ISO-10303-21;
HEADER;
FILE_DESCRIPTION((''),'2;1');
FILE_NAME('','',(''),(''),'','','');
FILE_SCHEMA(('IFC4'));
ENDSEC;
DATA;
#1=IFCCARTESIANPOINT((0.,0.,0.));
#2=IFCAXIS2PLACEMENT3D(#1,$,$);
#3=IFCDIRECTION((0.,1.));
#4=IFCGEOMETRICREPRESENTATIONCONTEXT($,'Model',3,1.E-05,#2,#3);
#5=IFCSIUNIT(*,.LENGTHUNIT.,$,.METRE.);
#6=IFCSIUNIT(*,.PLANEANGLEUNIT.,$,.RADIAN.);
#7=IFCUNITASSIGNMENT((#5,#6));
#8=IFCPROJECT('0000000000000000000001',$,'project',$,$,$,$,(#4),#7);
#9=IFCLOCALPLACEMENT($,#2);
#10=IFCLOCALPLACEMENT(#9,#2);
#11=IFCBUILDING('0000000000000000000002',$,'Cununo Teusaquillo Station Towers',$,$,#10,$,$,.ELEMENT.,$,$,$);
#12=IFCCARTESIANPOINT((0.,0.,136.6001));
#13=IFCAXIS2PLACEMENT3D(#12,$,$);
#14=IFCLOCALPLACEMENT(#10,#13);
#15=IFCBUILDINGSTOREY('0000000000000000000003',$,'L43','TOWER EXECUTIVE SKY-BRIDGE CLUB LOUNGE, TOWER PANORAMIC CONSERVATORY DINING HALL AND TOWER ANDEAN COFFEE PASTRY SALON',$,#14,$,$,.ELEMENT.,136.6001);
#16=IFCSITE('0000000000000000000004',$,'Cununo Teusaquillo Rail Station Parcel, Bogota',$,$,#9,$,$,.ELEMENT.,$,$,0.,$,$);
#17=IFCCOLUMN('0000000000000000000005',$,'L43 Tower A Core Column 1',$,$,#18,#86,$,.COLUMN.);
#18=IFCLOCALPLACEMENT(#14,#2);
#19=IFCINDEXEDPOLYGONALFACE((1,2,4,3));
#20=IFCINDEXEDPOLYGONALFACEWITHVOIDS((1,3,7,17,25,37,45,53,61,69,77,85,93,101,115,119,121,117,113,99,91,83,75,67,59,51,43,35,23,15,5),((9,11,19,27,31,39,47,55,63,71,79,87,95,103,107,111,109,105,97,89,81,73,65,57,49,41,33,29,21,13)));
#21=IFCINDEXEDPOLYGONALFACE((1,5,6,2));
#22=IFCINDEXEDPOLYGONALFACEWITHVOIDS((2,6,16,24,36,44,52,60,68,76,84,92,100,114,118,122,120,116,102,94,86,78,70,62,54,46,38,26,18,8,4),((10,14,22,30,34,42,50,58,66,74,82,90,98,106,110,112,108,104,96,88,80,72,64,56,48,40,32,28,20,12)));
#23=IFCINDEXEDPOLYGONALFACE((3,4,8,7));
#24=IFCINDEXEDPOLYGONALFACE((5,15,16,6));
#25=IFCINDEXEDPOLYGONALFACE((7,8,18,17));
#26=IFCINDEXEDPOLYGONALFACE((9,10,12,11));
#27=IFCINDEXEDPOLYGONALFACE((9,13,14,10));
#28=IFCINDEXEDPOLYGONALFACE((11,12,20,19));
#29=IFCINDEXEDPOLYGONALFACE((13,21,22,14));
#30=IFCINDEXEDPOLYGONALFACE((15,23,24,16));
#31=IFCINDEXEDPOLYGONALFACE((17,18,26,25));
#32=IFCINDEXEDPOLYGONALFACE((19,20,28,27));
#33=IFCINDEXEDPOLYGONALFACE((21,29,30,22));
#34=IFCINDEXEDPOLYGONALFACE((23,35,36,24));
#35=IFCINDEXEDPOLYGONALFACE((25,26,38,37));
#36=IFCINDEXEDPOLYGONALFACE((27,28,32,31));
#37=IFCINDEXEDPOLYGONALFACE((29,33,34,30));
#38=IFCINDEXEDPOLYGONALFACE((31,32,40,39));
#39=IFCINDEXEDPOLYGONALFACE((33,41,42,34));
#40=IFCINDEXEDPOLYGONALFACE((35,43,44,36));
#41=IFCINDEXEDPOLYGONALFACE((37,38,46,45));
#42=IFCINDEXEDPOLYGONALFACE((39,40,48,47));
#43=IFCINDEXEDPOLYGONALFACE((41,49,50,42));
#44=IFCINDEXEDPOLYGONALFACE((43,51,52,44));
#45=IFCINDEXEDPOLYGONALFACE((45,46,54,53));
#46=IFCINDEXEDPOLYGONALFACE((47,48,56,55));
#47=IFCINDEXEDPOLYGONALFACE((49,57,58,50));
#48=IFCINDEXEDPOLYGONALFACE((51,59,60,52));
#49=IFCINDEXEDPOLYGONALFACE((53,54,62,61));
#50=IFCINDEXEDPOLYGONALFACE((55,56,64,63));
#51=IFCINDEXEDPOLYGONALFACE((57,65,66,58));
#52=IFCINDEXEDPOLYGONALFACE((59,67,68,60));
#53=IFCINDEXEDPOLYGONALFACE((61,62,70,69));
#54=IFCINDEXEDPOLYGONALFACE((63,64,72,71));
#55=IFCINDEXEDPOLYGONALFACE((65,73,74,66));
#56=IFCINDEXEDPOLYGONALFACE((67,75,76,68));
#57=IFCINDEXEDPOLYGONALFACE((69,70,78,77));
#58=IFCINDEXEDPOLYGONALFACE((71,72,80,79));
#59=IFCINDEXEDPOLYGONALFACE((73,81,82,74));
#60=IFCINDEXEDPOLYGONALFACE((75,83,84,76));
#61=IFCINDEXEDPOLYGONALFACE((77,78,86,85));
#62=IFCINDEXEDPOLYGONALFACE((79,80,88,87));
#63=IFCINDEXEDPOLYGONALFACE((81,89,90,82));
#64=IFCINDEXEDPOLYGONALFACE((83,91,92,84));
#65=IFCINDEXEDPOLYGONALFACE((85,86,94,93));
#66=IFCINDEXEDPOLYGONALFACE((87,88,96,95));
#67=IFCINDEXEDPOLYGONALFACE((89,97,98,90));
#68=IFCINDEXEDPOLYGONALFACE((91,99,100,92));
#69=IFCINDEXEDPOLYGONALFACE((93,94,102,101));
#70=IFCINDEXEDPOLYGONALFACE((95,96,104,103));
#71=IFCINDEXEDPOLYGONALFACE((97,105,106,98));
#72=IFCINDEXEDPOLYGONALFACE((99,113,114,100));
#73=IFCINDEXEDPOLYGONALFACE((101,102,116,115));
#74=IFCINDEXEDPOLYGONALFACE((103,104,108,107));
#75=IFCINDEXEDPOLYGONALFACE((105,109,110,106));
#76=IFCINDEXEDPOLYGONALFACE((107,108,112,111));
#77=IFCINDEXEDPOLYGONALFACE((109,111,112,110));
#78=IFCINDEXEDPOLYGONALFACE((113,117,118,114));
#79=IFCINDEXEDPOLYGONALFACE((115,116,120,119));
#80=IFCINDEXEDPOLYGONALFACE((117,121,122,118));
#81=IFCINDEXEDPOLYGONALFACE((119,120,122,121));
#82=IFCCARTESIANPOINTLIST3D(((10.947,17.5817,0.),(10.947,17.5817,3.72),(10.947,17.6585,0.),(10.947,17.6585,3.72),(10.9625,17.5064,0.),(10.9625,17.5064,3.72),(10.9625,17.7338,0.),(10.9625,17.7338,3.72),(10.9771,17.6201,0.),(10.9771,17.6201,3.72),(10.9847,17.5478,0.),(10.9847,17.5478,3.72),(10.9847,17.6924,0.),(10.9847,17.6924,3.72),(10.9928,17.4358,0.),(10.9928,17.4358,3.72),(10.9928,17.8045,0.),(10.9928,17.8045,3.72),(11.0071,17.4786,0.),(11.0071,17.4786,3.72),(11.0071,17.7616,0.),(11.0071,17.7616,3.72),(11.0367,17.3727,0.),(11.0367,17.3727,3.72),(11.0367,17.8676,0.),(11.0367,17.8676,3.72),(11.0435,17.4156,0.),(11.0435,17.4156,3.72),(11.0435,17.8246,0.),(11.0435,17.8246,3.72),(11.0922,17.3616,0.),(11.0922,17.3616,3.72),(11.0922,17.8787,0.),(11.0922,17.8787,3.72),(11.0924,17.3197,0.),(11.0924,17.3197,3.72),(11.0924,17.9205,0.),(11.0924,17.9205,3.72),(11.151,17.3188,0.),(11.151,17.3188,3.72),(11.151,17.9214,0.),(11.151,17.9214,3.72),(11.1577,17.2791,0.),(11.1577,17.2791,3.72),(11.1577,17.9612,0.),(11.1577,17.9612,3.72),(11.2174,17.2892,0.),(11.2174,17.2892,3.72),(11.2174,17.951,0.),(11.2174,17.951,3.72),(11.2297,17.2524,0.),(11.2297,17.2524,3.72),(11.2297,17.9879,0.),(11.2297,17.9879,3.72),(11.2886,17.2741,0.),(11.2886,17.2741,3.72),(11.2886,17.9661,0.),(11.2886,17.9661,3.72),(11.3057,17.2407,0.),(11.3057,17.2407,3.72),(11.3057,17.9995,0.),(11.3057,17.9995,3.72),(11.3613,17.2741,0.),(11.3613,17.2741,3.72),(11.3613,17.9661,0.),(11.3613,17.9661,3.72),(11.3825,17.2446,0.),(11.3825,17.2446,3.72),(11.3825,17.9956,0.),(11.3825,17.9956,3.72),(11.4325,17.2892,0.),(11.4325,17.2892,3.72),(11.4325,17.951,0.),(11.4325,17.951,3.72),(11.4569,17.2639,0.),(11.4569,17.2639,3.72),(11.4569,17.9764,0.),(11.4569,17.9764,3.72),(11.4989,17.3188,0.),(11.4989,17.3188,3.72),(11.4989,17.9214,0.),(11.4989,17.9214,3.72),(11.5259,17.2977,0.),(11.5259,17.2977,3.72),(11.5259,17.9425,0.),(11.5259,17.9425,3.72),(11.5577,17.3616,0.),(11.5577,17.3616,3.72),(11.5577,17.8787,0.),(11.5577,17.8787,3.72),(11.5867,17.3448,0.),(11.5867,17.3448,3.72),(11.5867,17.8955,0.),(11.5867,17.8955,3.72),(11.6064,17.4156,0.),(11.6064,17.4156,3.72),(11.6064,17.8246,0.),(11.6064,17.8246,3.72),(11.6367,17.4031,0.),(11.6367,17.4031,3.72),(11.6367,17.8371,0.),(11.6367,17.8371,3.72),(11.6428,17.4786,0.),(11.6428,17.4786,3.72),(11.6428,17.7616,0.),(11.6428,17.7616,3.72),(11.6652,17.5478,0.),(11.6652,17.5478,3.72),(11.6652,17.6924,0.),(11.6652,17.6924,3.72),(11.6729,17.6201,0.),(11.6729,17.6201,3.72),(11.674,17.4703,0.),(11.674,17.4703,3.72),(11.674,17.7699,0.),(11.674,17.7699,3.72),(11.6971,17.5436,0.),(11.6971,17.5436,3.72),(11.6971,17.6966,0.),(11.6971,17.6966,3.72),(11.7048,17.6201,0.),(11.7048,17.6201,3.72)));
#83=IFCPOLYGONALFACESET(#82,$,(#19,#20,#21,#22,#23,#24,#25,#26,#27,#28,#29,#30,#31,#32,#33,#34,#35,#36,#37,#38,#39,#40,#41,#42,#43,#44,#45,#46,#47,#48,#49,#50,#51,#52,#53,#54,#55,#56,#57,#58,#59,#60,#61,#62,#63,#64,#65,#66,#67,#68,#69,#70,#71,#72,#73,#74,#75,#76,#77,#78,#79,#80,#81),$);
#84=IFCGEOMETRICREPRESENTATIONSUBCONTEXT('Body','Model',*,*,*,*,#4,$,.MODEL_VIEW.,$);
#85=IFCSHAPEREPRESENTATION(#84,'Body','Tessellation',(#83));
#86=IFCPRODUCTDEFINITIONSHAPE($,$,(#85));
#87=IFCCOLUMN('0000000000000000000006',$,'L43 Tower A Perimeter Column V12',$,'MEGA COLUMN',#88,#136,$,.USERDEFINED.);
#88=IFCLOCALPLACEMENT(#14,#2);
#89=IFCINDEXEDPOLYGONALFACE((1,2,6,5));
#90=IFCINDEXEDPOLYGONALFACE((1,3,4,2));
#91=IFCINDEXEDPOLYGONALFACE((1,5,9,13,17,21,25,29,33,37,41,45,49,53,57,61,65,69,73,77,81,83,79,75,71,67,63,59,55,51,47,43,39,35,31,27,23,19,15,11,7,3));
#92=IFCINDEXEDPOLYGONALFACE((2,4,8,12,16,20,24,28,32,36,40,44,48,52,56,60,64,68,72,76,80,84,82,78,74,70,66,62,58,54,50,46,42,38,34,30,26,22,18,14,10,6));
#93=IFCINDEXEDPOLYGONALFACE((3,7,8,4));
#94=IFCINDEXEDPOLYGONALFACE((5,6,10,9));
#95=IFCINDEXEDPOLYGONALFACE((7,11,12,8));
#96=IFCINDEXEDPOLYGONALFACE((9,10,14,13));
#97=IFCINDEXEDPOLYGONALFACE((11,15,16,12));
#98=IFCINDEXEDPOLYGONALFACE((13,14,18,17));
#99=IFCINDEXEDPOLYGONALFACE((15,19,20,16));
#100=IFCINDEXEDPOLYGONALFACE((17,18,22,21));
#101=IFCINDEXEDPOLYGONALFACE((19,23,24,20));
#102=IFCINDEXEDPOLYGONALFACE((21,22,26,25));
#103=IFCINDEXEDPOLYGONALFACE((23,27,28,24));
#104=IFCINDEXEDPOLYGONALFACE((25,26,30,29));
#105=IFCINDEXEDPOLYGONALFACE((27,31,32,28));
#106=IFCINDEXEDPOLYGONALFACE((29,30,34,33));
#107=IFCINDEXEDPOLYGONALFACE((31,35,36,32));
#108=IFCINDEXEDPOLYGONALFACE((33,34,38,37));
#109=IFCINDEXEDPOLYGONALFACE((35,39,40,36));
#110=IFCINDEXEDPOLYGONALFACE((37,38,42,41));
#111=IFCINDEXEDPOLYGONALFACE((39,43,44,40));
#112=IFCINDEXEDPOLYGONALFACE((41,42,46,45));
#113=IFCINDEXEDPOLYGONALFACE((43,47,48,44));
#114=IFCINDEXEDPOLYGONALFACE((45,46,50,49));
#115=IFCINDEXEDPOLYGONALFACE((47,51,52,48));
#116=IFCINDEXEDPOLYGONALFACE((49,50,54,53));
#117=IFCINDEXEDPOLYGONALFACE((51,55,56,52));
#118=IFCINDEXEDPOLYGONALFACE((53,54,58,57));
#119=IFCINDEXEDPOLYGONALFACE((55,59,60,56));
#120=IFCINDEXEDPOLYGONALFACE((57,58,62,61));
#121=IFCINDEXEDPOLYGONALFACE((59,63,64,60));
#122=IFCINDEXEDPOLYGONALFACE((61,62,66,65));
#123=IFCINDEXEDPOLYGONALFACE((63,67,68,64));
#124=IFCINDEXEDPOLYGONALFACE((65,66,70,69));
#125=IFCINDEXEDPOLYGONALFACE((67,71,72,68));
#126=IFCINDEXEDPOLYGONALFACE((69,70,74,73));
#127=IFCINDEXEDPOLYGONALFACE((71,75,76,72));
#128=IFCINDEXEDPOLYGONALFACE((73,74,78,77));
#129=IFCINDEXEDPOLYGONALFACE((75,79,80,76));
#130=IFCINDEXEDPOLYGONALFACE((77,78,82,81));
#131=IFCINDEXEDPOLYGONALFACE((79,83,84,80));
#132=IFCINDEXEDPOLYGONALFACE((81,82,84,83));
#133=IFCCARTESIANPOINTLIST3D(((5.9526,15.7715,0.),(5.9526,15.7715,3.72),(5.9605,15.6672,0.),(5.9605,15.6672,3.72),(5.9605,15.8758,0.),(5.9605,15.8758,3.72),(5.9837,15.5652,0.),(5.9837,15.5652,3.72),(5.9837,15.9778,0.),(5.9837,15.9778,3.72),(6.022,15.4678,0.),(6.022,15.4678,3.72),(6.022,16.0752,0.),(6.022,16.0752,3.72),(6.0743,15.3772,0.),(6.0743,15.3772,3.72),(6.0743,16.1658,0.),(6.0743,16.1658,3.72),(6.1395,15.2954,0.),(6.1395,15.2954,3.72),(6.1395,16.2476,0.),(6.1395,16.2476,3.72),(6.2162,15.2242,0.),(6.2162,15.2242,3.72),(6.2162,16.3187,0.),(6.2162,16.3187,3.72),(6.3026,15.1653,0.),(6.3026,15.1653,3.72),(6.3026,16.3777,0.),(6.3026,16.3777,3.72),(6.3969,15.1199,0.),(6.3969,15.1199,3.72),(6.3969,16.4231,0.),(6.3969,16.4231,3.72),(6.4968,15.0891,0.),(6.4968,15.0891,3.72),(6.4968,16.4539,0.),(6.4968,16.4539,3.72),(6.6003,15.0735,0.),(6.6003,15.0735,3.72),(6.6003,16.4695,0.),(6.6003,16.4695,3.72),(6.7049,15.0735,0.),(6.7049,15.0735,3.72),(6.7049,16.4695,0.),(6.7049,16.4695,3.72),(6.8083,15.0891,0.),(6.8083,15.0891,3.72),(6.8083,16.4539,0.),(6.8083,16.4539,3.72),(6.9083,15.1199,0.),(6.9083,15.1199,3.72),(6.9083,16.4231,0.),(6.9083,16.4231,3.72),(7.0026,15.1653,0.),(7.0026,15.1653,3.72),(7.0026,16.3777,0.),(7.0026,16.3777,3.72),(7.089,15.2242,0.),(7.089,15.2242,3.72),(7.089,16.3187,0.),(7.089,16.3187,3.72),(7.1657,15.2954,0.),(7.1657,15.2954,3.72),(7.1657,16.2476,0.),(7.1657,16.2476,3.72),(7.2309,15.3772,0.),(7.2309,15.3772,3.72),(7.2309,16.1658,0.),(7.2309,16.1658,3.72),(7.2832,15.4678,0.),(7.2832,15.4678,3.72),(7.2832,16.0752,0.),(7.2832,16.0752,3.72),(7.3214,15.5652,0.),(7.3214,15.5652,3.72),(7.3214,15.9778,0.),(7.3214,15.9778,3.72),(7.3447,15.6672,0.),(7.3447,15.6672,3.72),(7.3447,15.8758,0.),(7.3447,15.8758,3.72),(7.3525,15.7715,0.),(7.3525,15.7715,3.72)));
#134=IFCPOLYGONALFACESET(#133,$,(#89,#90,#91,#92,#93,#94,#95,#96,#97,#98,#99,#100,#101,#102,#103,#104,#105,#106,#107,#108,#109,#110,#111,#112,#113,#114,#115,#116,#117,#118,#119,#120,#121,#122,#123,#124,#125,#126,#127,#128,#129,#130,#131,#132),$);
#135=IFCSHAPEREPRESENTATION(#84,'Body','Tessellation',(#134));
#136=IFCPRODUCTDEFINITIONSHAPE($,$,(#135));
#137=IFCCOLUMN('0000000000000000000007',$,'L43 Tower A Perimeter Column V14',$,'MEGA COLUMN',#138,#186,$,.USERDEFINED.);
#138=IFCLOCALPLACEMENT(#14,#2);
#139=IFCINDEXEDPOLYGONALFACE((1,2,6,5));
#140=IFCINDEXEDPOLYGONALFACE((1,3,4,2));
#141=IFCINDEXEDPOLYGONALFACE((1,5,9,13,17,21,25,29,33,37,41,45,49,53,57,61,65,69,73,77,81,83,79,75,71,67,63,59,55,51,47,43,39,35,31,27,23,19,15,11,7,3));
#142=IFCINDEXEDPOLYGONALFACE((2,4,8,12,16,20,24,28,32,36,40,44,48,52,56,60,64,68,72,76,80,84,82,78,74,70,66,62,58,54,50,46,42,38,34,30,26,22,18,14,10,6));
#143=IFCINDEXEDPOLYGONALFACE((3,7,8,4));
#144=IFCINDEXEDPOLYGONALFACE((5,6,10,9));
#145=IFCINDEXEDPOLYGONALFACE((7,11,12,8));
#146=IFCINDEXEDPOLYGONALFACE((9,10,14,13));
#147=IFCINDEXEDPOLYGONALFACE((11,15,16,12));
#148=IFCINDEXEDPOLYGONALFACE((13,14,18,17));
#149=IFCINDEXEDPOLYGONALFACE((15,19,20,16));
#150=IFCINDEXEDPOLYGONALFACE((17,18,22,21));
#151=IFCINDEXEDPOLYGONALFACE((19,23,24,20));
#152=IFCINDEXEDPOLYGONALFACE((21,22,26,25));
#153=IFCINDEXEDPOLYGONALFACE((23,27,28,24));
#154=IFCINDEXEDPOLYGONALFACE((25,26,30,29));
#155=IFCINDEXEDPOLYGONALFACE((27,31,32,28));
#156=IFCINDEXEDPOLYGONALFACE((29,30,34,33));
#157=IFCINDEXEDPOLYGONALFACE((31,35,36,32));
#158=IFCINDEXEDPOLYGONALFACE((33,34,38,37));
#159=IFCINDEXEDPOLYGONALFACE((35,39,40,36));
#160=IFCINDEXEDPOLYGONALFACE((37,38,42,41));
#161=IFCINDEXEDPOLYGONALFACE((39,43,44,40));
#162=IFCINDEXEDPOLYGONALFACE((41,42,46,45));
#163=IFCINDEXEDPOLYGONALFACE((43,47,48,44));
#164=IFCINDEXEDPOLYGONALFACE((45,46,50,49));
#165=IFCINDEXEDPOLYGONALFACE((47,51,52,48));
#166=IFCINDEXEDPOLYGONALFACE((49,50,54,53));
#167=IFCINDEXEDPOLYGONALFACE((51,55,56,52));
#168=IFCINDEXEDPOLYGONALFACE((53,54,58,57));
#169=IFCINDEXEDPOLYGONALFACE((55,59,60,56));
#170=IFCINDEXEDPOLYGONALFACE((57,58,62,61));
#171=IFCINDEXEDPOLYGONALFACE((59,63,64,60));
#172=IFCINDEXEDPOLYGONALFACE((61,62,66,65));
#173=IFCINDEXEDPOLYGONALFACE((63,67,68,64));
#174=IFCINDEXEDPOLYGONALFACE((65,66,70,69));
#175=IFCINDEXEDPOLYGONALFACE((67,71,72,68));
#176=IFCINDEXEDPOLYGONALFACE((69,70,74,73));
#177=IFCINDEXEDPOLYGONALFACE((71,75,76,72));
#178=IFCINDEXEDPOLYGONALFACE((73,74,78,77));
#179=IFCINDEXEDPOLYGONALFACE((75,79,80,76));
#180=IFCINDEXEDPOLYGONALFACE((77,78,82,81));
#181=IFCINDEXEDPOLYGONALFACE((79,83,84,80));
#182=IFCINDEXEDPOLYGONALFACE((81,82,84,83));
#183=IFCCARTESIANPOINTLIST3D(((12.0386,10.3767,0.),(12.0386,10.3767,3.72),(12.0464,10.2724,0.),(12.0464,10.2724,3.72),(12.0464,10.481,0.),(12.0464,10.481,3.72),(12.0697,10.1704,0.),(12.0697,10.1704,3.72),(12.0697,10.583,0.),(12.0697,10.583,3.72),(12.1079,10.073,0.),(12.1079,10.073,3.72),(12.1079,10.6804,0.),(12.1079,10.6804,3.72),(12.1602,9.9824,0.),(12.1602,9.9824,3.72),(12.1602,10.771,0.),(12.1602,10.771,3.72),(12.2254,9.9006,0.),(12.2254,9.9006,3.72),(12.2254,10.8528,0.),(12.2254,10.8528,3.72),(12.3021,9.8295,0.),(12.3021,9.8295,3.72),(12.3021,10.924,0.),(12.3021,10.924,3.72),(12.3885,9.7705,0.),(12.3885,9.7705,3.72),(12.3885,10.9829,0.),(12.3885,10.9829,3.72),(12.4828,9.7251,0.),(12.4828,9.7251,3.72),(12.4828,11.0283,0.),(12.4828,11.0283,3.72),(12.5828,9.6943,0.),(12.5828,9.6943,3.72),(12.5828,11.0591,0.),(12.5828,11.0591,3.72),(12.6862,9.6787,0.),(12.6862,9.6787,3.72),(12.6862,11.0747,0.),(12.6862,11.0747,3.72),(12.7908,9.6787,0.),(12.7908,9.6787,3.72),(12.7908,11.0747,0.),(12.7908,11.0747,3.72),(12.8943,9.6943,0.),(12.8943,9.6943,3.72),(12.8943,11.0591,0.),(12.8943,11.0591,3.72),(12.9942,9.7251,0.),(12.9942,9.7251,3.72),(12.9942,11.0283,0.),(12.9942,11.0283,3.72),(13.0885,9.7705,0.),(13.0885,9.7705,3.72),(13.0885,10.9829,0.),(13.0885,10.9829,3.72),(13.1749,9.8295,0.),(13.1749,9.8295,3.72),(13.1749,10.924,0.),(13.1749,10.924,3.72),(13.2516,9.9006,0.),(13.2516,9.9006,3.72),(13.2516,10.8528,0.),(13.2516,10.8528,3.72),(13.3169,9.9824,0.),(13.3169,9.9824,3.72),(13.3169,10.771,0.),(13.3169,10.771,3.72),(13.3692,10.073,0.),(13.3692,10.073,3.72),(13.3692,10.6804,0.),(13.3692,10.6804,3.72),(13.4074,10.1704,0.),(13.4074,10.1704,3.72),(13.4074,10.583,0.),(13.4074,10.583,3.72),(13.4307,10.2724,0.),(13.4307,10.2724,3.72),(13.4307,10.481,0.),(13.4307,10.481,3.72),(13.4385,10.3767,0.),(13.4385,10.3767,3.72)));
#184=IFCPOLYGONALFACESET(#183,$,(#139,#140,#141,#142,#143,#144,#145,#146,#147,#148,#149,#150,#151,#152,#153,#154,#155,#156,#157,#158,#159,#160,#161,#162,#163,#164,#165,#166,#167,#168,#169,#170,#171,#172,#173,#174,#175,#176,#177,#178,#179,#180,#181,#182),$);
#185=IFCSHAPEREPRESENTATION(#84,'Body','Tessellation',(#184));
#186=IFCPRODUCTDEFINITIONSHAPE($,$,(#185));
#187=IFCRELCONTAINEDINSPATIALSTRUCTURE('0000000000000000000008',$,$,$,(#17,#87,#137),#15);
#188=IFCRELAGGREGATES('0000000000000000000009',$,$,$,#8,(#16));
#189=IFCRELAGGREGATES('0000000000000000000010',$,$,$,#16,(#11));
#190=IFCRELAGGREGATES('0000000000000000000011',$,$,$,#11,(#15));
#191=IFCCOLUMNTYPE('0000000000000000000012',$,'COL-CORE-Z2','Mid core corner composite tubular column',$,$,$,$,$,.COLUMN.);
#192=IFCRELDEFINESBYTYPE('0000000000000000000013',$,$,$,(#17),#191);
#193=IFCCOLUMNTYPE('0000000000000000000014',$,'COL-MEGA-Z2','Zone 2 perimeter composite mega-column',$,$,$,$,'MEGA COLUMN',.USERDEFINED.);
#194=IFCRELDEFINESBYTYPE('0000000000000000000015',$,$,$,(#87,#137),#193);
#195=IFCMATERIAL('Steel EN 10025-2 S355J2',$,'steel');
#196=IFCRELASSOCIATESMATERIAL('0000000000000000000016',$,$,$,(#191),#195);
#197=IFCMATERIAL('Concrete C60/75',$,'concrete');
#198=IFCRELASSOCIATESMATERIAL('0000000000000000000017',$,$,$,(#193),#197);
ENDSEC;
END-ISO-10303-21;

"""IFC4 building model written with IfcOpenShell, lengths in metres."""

from ifc_helpers import new_model, si_unit, direction, frame, origin, origin_2d, place, context, subcontext, project, spatial, circle, hollow_circle, extrude, material, material_profile, profile_set, type_object, element, save


model = new_model("IFC4")

# Units and contexts
model_context = context("Model", 3, precision=1e-05, world=origin(), true_north=direction((0.0, 1.0)))
body_context = subcontext(model_context, "Body", "Model", "MODEL_VIEW")
ifc_project = project(units=[si_unit("LENGTHUNIT", "METRE"), si_unit("PLANEANGLEUNIT", "RADIAN")], contexts=[model_context])

# Site, building, storey
site_placement = place(None, origin())
site = spatial("IfcSite", under=ifc_project, at=site_placement, Name="Cununo Teusaquillo Rail Station Parcel, Bogota", CompositionType="ELEMENT", RefElevation=0.0)
building_placement = place(site_placement, origin())
building = spatial("IfcBuilding", under=site, at=building_placement, Name="Cununo Teusaquillo Station Towers", CompositionType="ELEMENT")
storey_placement = place(building_placement, frame((0.0, 0.0, 136.6001)))
storey = spatial("IfcBuildingStorey", under=building, at=storey_placement, Name="L43", Description="TOWER EXECUTIVE SKY-BRIDGE CLUB LOUNGE, TOWER PANORAMIC CONSERVATORY DINING HALL AND TOWER ANDEAN COFFEE PASTRY SALON", CompositionType="ELEMENT", Elevation=136.6001)

# Columns
ifc_material_1 = material(Name="Steel EN 10025-2 S355J2", Category="steel")
ifc_material_profile_1 = material_profile(ifc_material_1, hollow_circle(Radius=0.3799, WallThickness=0.032, at=origin_2d()), Name="CHS 760x32")
ifc_profile_set_1 = profile_set([ifc_material_profile_1], Name="Steel EN 10025-2 S355J2")
column_type_1 = type_object("IfcColumnType", Name="COL-CORE-Z2", Description="Mid core corner composite tubular column", PredefinedType="COLUMN", material=ifc_profile_set_1)
column_placement = place(storey_placement, frame((11.325, 17.6201, 0.0), z_axis=(0.0, 0.0, 1.0), x_axis=(1.0, 0.0, 0.0)))
element("IfcColumn", 1, at=column_placement, inside=storey, type_object=column_type_1, Name="L43 Tower A Core Column 1", PredefinedType="COLUMN", context=body_context, shape_type="SweptSolid", body=[
    extrude(hollow_circle(Radius=0.3799, WallThickness=0.032, at=origin_2d()), origin(), (0.0, 0.0, 1.0), 3.72),
])
ifc_material_2 = material(Name="Concrete C60/75", Category="concrete")
ifc_material_profile_2 = material_profile(ifc_material_2, circle(Radius=0.7, at=origin_2d()), Name="RC-CIRC-1400")
ifc_profile_set_2 = profile_set([ifc_material_profile_2], Name="Concrete C60/75")
column_type_2 = type_object("IfcColumnType", Name="COL-MEGA-Z2", Description="Zone 2 perimeter composite mega-column", ElementType="MEGA COLUMN", PredefinedType="USERDEFINED", material=ifc_profile_set_2)
for number, where, z_axis, x_axis, name in (
    (2, (6.6526, 15.7715, 0.0), (0.0, 0.0, 1.0), (1.0, 0.0, 0.0), "L43 Tower A Perimeter Column V12"),
    (3, (12.7385, 10.3767, 0.0), (0.0, 0.0, 1.0), (1.0, 0.0, 0.0), "L43 Tower A Perimeter Column V14"),
):
    element("IfcColumn", number, at=place(storey_placement, frame(where, z_axis=z_axis, x_axis=x_axis)), inside=storey, type_object=column_type_2, Name=name, ObjectType="MEGA COLUMN", PredefinedType="USERDEFINED", context=body_context, shape_type="SweptSolid", body=[
        extrude(circle(Radius=0.7, at=origin_2d()), origin(), (0.0, 0.0, 1.0), 3.72),
    ])

save(model, "model.ifc")
